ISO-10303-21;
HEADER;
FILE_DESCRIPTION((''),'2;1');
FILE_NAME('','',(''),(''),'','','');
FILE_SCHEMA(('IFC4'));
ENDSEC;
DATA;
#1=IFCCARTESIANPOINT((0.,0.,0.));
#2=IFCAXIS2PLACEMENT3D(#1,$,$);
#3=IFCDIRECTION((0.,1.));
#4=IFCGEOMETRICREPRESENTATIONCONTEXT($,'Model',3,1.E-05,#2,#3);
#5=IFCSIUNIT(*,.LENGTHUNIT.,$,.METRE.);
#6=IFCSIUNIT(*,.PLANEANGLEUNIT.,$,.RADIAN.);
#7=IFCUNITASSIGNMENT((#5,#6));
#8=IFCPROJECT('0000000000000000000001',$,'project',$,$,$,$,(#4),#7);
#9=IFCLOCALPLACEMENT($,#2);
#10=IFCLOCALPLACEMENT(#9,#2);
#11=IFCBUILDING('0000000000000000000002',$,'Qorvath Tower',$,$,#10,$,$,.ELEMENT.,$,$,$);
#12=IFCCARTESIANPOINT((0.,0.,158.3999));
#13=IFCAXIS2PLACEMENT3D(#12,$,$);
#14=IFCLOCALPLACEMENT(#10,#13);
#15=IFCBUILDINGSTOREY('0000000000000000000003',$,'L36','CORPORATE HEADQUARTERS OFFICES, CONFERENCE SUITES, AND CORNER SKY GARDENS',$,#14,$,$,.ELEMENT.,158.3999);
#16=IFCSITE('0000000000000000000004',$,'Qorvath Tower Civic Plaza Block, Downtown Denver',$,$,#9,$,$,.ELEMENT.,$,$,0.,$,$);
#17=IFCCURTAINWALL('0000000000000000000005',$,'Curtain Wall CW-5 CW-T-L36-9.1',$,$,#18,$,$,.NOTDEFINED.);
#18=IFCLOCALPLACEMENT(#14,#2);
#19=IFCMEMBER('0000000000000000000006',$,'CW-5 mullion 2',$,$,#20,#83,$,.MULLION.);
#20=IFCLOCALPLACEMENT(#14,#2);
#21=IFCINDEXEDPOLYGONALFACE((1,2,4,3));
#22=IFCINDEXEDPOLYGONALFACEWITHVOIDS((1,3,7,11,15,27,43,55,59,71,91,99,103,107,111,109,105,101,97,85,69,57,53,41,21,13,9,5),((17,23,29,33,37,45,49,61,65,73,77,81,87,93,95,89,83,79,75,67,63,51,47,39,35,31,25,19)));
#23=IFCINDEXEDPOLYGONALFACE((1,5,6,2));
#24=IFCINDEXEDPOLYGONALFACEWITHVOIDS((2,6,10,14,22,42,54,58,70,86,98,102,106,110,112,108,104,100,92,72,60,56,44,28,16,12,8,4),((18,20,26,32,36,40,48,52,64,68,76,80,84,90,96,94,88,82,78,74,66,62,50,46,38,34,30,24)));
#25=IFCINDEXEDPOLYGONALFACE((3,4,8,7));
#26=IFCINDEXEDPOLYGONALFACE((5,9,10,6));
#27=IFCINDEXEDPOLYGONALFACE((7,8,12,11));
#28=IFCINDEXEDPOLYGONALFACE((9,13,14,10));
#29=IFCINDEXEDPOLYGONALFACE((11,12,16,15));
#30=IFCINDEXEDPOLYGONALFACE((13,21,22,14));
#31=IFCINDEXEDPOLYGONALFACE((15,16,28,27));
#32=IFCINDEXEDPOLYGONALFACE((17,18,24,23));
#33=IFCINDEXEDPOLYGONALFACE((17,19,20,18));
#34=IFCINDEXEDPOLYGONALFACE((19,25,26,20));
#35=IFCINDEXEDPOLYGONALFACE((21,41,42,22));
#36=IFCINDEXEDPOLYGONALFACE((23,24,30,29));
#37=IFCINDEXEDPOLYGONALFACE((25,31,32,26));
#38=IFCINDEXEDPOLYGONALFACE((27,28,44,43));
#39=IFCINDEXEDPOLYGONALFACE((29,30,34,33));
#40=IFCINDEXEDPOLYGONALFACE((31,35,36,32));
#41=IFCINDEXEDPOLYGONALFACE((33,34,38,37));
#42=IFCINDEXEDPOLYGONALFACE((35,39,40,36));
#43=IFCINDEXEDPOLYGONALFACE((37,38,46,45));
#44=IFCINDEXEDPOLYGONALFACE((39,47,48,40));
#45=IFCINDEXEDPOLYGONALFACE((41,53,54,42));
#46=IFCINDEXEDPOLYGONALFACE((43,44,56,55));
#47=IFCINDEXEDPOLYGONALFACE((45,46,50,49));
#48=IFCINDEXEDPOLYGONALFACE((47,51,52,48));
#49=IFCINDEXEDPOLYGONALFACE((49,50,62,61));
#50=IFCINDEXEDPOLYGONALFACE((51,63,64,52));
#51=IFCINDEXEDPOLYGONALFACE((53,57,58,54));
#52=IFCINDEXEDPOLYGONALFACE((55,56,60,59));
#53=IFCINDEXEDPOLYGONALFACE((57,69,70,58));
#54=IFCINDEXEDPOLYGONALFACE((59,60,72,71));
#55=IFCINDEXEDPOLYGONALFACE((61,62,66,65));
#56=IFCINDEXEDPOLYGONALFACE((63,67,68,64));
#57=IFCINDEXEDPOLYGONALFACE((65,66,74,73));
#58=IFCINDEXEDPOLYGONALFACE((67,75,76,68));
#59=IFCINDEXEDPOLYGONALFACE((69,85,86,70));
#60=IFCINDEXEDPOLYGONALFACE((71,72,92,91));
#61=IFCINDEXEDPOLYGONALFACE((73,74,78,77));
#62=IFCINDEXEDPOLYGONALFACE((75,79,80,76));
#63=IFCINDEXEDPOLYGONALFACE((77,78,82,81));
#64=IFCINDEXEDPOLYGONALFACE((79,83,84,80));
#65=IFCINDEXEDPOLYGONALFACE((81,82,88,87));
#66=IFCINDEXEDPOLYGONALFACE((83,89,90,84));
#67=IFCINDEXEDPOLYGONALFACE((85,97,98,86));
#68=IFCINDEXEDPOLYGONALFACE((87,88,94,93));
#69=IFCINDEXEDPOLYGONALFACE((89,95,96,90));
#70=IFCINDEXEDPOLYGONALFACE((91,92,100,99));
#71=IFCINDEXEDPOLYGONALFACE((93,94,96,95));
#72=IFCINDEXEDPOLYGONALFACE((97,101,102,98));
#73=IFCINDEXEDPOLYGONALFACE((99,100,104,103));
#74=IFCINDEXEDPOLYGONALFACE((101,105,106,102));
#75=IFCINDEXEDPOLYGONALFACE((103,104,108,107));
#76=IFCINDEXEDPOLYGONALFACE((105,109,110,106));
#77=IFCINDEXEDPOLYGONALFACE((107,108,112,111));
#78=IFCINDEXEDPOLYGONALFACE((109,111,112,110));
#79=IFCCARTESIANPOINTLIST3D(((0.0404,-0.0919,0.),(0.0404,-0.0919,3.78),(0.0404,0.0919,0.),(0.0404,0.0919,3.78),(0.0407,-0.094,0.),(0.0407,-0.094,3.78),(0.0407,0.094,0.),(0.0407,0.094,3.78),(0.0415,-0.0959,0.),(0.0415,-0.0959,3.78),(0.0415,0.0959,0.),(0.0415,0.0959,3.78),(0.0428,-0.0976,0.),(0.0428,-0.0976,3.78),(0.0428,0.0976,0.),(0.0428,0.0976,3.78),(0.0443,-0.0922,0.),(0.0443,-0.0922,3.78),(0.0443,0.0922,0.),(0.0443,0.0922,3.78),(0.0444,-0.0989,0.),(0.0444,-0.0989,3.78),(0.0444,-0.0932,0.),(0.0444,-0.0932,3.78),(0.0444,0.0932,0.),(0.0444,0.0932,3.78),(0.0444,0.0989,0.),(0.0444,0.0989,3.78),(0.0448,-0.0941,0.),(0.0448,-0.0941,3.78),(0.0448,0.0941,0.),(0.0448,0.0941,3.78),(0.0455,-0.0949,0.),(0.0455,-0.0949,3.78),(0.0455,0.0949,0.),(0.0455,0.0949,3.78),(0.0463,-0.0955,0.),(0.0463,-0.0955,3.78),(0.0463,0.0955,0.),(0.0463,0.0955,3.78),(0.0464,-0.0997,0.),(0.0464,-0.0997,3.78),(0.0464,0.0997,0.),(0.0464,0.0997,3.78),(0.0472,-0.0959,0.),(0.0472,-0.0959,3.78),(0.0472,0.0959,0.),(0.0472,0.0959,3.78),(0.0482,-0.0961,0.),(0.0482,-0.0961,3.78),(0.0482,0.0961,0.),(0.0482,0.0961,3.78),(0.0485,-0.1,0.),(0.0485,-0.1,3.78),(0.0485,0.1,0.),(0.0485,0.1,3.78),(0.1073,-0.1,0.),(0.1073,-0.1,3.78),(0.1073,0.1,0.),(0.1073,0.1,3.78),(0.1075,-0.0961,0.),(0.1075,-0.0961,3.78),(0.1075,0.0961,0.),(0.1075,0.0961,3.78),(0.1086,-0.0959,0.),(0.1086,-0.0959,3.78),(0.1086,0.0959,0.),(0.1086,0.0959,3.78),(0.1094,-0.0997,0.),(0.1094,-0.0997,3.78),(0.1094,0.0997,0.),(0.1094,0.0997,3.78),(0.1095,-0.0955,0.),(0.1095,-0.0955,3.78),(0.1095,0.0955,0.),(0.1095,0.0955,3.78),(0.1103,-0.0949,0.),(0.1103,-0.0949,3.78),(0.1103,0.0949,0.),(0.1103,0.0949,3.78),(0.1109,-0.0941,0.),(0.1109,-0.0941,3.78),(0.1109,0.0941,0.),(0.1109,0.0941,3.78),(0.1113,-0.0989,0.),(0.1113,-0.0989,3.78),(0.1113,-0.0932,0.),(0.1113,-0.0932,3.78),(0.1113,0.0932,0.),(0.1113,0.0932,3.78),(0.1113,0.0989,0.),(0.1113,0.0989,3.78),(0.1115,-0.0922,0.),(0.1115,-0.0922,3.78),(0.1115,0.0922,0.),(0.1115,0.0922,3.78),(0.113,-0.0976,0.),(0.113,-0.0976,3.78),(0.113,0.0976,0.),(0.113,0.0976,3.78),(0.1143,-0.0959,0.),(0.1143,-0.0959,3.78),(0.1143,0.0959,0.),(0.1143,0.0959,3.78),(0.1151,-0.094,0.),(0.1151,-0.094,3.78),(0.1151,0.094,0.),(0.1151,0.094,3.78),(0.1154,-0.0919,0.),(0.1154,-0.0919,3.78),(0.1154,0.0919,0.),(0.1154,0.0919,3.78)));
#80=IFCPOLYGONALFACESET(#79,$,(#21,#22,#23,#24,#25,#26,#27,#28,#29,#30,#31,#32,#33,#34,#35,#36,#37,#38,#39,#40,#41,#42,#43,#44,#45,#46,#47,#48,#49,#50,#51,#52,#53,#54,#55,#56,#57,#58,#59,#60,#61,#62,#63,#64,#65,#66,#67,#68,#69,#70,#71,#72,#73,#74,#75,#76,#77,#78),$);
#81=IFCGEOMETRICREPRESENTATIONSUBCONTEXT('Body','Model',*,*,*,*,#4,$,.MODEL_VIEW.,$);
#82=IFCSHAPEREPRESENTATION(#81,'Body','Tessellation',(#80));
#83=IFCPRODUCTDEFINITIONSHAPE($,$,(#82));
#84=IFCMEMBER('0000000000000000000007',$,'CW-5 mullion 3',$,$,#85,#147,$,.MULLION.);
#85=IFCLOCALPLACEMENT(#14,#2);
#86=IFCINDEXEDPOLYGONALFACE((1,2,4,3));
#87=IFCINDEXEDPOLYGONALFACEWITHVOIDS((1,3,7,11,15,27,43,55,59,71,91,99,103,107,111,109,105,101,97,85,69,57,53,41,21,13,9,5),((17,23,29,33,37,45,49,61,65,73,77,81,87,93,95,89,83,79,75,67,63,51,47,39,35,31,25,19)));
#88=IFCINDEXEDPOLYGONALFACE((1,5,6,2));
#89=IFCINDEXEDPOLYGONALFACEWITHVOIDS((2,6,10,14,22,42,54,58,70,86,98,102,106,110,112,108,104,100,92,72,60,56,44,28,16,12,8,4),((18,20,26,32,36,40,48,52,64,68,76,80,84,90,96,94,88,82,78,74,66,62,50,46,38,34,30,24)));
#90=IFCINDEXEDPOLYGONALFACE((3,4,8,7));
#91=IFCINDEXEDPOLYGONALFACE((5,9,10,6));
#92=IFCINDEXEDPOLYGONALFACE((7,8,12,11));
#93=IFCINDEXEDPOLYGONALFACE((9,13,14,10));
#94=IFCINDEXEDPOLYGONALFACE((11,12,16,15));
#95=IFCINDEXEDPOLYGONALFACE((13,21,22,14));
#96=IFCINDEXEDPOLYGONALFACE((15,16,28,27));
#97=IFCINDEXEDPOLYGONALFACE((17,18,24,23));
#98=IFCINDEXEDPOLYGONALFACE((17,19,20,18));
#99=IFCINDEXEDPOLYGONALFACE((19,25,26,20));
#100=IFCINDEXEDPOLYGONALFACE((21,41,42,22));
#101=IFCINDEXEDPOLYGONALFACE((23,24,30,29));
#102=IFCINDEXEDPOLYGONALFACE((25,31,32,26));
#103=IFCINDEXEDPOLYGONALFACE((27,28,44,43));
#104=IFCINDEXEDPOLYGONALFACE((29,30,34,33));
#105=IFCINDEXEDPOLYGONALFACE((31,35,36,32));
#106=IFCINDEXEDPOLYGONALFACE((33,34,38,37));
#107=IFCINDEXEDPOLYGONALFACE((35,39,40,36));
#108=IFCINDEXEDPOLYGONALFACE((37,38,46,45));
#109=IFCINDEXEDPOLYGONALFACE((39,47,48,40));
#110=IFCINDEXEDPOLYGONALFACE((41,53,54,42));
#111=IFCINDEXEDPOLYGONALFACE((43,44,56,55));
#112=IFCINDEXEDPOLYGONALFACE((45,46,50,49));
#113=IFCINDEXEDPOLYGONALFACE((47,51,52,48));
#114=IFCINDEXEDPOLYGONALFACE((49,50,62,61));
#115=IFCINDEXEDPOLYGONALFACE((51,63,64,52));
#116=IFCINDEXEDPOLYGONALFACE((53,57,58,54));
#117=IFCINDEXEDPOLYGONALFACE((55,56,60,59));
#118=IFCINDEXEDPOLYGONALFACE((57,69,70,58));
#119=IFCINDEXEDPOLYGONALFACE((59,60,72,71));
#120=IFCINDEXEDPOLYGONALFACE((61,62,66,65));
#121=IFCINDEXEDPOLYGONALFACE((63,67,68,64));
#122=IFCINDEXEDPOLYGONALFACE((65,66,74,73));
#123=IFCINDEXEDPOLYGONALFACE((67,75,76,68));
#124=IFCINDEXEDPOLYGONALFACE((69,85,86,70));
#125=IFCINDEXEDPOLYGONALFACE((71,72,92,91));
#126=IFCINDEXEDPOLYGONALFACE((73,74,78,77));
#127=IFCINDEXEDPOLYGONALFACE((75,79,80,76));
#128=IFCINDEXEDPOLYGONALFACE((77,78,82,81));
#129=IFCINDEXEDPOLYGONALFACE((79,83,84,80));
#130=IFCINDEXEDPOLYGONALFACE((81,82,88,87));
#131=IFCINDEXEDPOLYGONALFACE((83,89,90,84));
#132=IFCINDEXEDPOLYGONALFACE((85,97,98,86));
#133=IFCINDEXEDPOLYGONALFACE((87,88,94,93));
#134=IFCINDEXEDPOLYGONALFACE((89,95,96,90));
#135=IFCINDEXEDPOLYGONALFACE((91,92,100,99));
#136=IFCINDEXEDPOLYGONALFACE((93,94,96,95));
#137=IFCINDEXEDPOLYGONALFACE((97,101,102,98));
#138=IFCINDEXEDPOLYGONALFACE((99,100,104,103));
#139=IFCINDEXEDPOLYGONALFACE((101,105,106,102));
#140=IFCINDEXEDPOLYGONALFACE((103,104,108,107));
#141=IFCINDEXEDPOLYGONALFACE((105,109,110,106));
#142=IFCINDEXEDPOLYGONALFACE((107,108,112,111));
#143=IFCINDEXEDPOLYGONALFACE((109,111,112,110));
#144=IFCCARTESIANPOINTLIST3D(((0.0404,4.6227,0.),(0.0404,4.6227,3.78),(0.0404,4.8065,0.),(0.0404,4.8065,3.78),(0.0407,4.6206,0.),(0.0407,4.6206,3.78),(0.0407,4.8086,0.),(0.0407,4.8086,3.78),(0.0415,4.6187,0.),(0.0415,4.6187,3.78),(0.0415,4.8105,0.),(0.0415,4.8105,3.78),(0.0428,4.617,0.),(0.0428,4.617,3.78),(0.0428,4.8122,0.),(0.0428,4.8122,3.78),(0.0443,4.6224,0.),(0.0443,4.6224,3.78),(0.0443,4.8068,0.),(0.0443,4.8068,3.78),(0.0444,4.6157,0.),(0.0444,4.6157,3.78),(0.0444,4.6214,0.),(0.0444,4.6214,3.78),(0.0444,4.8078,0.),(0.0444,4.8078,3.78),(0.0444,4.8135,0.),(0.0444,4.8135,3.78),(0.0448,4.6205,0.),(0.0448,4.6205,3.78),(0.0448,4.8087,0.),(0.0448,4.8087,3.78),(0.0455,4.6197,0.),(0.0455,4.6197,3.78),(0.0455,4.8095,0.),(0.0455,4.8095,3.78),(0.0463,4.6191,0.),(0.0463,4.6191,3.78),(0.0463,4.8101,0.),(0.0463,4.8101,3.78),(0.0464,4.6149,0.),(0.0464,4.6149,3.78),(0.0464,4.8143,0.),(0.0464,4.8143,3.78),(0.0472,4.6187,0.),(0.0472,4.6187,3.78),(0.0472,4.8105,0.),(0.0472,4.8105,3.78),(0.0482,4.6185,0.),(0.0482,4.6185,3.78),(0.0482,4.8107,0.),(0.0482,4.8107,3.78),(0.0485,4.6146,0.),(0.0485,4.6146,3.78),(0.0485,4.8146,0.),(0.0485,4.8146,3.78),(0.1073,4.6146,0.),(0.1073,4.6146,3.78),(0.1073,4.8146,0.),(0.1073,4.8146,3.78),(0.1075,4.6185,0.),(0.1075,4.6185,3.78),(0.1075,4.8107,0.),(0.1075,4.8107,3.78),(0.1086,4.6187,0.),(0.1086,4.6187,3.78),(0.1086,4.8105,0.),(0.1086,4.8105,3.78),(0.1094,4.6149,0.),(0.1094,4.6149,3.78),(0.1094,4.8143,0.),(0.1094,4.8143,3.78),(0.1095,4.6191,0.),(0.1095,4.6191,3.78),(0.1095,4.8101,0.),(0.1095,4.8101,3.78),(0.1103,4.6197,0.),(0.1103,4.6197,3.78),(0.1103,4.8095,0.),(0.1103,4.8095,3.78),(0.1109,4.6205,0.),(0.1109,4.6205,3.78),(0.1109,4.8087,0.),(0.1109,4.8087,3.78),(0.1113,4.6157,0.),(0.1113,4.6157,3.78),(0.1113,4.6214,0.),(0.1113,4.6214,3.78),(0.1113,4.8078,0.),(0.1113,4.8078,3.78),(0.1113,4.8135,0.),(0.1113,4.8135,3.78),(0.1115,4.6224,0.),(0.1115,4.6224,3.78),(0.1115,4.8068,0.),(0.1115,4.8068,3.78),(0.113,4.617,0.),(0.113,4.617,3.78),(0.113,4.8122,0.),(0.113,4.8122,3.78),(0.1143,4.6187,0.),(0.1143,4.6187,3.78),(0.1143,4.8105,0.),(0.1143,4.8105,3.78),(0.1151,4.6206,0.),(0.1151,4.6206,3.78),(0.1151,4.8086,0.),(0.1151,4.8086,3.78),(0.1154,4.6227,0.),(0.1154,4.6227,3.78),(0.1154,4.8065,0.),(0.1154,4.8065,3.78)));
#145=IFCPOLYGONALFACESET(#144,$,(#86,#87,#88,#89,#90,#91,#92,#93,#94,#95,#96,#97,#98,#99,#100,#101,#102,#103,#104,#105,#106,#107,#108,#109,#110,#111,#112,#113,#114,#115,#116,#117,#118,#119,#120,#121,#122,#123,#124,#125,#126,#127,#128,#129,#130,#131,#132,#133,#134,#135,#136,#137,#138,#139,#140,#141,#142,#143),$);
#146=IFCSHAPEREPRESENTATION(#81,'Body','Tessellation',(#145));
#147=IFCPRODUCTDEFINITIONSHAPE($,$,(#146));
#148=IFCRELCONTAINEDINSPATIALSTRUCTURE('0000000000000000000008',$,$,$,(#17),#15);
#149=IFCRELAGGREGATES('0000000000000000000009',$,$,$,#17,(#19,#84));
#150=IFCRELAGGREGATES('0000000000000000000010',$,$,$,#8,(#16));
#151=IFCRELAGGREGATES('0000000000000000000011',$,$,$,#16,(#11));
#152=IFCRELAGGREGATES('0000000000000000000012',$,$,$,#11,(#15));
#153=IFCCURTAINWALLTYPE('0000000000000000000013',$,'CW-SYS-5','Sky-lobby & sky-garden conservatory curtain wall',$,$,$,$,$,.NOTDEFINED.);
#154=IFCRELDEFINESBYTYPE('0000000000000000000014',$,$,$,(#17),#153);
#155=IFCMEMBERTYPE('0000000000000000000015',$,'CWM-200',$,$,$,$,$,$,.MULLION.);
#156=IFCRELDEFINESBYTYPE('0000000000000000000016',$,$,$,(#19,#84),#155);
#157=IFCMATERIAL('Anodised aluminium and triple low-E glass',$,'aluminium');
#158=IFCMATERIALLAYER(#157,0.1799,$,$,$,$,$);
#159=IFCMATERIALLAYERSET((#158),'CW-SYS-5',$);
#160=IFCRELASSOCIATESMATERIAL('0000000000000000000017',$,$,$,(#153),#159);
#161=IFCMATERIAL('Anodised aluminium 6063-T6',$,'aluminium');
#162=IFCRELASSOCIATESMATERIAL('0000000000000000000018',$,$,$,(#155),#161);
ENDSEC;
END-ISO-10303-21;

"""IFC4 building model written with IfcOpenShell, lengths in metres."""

from ifc_helpers import new_model, si_unit, direction, frame, origin, origin_2d, place, context, subcontext, project, spatial, hollow_rectangle, extrude, material, layer, layer_set, material_profile, profile_set, type_object, element, aggregate, save


model = new_model("IFC4")

# Units and contexts
model_context = context("Model", 3, precision=1e-05, world=origin(), true_north=direction((0.0, 1.0)))
body_context = subcontext(model_context, "Body", "Model", "MODEL_VIEW")
ifc_project = project(units=[si_unit("LENGTHUNIT", "METRE"), si_unit("PLANEANGLEUNIT", "RADIAN")], contexts=[model_context])

# Site, building, storey
site_placement = place(None, origin())
site = spatial("IfcSite", under=ifc_project, at=site_placement, Name="Qorvath Tower Civic Plaza Block, Downtown Denver", CompositionType="ELEMENT", RefElevation=0.0)
building_placement = place(site_placement, origin())
building = spatial("IfcBuilding", under=site, at=building_placement, Name="Qorvath Tower", CompositionType="ELEMENT")
storey_placement = place(building_placement, frame((0.0, 0.0, 158.3999)))
storey = spatial("IfcBuildingStorey", under=building, at=storey_placement, Name="L36", Description="CORPORATE HEADQUARTERS OFFICES, CONFERENCE SUITES, AND CORNER SKY GARDENS", CompositionType="ELEMENT", Elevation=158.3999)

# Curtain wall, members
ifc_material_1 = material(Name="Anodised aluminium and triple low-E glass", Category="aluminium")
ifc_layer_1 = layer(ifc_material_1, 0.1799)
ifc_layer_set_1 = layer_set([ifc_layer_1], Name="CW-SYS-5")
curtain_wall_type = type_object("IfcCurtainWallType", Name="CW-SYS-5", Description="Sky-lobby & sky-garden conservatory curtain wall", PredefinedType="NOTDEFINED", material=ifc_layer_set_1)
curtain_wall_1_placement = place(storey_placement, origin())
curtain_wall_1 = element("IfcCurtainWall", 1, at=curtain_wall_1_placement, inside=storey, type_object=curtain_wall_type, Name="Curtain Wall CW-5 CW-T-L36-9.1", PredefinedType="NOTDEFINED")
ifc_material_2 = material(Name="Anodised aluminium 6063-T6", Category="aluminium")
ifc_material_profile_1 = material_profile(ifc_material_2, hollow_rectangle(XDim=0.075, YDim=0.2, WallThickness=0.0039, InnerFilletRadius=0.0039, OuterFilletRadius=0.0081, at=origin_2d()), Name="CWM 200x75")
ifc_profile_set_1 = profile_set([ifc_material_profile_1], Name="Anodised aluminium 6063-T6")
member_type_1 = type_object("IfcMemberType", Name="CWM-200", PredefinedType="MULLION", material=ifc_profile_set_1)
member_1_placement = place(storey_placement, frame((0.0779, 0.0, 0.0), z_axis=(0.0, 0.0, 1.0), x_axis=(-1.0, 0.0, 0.0)))
member_1 = element("IfcMember", 2, at=member_1_placement, type_object=member_type_1, Name="CW-5 mullion 2", PredefinedType="MULLION", context=body_context, shape_type="SweptSolid", body=[
    extrude(hollow_rectangle(XDim=0.075, YDim=0.2, WallThickness=0.0039, InnerFilletRadius=0.0039, OuterFilletRadius=0.0081, at=origin_2d()), origin(), (0.0, 0.0, 1.0), 3.78),
])
member_2_placement = place(storey_placement, frame((0.0779, 4.7146, 0.0), z_axis=(0.0, 0.0, 1.0), x_axis=(-1.0, 0.0, 0.0)))
member_2 = element("IfcMember", 3, at=member_2_placement, type_object=member_type_1, Name="CW-5 mullion 3", PredefinedType="MULLION", context=body_context, shape_type="SweptSolid", body=[
    extrude(hollow_rectangle(XDim=0.075, YDim=0.2, WallThickness=0.0039, InnerFilletRadius=0.0039, OuterFilletRadius=0.0081, at=origin_2d()), origin(), (0.0, 0.0, 1.0), 3.78),
])

aggregate(curtain_wall_1, [member_1, member_2])

save(model, "model.ifc")
